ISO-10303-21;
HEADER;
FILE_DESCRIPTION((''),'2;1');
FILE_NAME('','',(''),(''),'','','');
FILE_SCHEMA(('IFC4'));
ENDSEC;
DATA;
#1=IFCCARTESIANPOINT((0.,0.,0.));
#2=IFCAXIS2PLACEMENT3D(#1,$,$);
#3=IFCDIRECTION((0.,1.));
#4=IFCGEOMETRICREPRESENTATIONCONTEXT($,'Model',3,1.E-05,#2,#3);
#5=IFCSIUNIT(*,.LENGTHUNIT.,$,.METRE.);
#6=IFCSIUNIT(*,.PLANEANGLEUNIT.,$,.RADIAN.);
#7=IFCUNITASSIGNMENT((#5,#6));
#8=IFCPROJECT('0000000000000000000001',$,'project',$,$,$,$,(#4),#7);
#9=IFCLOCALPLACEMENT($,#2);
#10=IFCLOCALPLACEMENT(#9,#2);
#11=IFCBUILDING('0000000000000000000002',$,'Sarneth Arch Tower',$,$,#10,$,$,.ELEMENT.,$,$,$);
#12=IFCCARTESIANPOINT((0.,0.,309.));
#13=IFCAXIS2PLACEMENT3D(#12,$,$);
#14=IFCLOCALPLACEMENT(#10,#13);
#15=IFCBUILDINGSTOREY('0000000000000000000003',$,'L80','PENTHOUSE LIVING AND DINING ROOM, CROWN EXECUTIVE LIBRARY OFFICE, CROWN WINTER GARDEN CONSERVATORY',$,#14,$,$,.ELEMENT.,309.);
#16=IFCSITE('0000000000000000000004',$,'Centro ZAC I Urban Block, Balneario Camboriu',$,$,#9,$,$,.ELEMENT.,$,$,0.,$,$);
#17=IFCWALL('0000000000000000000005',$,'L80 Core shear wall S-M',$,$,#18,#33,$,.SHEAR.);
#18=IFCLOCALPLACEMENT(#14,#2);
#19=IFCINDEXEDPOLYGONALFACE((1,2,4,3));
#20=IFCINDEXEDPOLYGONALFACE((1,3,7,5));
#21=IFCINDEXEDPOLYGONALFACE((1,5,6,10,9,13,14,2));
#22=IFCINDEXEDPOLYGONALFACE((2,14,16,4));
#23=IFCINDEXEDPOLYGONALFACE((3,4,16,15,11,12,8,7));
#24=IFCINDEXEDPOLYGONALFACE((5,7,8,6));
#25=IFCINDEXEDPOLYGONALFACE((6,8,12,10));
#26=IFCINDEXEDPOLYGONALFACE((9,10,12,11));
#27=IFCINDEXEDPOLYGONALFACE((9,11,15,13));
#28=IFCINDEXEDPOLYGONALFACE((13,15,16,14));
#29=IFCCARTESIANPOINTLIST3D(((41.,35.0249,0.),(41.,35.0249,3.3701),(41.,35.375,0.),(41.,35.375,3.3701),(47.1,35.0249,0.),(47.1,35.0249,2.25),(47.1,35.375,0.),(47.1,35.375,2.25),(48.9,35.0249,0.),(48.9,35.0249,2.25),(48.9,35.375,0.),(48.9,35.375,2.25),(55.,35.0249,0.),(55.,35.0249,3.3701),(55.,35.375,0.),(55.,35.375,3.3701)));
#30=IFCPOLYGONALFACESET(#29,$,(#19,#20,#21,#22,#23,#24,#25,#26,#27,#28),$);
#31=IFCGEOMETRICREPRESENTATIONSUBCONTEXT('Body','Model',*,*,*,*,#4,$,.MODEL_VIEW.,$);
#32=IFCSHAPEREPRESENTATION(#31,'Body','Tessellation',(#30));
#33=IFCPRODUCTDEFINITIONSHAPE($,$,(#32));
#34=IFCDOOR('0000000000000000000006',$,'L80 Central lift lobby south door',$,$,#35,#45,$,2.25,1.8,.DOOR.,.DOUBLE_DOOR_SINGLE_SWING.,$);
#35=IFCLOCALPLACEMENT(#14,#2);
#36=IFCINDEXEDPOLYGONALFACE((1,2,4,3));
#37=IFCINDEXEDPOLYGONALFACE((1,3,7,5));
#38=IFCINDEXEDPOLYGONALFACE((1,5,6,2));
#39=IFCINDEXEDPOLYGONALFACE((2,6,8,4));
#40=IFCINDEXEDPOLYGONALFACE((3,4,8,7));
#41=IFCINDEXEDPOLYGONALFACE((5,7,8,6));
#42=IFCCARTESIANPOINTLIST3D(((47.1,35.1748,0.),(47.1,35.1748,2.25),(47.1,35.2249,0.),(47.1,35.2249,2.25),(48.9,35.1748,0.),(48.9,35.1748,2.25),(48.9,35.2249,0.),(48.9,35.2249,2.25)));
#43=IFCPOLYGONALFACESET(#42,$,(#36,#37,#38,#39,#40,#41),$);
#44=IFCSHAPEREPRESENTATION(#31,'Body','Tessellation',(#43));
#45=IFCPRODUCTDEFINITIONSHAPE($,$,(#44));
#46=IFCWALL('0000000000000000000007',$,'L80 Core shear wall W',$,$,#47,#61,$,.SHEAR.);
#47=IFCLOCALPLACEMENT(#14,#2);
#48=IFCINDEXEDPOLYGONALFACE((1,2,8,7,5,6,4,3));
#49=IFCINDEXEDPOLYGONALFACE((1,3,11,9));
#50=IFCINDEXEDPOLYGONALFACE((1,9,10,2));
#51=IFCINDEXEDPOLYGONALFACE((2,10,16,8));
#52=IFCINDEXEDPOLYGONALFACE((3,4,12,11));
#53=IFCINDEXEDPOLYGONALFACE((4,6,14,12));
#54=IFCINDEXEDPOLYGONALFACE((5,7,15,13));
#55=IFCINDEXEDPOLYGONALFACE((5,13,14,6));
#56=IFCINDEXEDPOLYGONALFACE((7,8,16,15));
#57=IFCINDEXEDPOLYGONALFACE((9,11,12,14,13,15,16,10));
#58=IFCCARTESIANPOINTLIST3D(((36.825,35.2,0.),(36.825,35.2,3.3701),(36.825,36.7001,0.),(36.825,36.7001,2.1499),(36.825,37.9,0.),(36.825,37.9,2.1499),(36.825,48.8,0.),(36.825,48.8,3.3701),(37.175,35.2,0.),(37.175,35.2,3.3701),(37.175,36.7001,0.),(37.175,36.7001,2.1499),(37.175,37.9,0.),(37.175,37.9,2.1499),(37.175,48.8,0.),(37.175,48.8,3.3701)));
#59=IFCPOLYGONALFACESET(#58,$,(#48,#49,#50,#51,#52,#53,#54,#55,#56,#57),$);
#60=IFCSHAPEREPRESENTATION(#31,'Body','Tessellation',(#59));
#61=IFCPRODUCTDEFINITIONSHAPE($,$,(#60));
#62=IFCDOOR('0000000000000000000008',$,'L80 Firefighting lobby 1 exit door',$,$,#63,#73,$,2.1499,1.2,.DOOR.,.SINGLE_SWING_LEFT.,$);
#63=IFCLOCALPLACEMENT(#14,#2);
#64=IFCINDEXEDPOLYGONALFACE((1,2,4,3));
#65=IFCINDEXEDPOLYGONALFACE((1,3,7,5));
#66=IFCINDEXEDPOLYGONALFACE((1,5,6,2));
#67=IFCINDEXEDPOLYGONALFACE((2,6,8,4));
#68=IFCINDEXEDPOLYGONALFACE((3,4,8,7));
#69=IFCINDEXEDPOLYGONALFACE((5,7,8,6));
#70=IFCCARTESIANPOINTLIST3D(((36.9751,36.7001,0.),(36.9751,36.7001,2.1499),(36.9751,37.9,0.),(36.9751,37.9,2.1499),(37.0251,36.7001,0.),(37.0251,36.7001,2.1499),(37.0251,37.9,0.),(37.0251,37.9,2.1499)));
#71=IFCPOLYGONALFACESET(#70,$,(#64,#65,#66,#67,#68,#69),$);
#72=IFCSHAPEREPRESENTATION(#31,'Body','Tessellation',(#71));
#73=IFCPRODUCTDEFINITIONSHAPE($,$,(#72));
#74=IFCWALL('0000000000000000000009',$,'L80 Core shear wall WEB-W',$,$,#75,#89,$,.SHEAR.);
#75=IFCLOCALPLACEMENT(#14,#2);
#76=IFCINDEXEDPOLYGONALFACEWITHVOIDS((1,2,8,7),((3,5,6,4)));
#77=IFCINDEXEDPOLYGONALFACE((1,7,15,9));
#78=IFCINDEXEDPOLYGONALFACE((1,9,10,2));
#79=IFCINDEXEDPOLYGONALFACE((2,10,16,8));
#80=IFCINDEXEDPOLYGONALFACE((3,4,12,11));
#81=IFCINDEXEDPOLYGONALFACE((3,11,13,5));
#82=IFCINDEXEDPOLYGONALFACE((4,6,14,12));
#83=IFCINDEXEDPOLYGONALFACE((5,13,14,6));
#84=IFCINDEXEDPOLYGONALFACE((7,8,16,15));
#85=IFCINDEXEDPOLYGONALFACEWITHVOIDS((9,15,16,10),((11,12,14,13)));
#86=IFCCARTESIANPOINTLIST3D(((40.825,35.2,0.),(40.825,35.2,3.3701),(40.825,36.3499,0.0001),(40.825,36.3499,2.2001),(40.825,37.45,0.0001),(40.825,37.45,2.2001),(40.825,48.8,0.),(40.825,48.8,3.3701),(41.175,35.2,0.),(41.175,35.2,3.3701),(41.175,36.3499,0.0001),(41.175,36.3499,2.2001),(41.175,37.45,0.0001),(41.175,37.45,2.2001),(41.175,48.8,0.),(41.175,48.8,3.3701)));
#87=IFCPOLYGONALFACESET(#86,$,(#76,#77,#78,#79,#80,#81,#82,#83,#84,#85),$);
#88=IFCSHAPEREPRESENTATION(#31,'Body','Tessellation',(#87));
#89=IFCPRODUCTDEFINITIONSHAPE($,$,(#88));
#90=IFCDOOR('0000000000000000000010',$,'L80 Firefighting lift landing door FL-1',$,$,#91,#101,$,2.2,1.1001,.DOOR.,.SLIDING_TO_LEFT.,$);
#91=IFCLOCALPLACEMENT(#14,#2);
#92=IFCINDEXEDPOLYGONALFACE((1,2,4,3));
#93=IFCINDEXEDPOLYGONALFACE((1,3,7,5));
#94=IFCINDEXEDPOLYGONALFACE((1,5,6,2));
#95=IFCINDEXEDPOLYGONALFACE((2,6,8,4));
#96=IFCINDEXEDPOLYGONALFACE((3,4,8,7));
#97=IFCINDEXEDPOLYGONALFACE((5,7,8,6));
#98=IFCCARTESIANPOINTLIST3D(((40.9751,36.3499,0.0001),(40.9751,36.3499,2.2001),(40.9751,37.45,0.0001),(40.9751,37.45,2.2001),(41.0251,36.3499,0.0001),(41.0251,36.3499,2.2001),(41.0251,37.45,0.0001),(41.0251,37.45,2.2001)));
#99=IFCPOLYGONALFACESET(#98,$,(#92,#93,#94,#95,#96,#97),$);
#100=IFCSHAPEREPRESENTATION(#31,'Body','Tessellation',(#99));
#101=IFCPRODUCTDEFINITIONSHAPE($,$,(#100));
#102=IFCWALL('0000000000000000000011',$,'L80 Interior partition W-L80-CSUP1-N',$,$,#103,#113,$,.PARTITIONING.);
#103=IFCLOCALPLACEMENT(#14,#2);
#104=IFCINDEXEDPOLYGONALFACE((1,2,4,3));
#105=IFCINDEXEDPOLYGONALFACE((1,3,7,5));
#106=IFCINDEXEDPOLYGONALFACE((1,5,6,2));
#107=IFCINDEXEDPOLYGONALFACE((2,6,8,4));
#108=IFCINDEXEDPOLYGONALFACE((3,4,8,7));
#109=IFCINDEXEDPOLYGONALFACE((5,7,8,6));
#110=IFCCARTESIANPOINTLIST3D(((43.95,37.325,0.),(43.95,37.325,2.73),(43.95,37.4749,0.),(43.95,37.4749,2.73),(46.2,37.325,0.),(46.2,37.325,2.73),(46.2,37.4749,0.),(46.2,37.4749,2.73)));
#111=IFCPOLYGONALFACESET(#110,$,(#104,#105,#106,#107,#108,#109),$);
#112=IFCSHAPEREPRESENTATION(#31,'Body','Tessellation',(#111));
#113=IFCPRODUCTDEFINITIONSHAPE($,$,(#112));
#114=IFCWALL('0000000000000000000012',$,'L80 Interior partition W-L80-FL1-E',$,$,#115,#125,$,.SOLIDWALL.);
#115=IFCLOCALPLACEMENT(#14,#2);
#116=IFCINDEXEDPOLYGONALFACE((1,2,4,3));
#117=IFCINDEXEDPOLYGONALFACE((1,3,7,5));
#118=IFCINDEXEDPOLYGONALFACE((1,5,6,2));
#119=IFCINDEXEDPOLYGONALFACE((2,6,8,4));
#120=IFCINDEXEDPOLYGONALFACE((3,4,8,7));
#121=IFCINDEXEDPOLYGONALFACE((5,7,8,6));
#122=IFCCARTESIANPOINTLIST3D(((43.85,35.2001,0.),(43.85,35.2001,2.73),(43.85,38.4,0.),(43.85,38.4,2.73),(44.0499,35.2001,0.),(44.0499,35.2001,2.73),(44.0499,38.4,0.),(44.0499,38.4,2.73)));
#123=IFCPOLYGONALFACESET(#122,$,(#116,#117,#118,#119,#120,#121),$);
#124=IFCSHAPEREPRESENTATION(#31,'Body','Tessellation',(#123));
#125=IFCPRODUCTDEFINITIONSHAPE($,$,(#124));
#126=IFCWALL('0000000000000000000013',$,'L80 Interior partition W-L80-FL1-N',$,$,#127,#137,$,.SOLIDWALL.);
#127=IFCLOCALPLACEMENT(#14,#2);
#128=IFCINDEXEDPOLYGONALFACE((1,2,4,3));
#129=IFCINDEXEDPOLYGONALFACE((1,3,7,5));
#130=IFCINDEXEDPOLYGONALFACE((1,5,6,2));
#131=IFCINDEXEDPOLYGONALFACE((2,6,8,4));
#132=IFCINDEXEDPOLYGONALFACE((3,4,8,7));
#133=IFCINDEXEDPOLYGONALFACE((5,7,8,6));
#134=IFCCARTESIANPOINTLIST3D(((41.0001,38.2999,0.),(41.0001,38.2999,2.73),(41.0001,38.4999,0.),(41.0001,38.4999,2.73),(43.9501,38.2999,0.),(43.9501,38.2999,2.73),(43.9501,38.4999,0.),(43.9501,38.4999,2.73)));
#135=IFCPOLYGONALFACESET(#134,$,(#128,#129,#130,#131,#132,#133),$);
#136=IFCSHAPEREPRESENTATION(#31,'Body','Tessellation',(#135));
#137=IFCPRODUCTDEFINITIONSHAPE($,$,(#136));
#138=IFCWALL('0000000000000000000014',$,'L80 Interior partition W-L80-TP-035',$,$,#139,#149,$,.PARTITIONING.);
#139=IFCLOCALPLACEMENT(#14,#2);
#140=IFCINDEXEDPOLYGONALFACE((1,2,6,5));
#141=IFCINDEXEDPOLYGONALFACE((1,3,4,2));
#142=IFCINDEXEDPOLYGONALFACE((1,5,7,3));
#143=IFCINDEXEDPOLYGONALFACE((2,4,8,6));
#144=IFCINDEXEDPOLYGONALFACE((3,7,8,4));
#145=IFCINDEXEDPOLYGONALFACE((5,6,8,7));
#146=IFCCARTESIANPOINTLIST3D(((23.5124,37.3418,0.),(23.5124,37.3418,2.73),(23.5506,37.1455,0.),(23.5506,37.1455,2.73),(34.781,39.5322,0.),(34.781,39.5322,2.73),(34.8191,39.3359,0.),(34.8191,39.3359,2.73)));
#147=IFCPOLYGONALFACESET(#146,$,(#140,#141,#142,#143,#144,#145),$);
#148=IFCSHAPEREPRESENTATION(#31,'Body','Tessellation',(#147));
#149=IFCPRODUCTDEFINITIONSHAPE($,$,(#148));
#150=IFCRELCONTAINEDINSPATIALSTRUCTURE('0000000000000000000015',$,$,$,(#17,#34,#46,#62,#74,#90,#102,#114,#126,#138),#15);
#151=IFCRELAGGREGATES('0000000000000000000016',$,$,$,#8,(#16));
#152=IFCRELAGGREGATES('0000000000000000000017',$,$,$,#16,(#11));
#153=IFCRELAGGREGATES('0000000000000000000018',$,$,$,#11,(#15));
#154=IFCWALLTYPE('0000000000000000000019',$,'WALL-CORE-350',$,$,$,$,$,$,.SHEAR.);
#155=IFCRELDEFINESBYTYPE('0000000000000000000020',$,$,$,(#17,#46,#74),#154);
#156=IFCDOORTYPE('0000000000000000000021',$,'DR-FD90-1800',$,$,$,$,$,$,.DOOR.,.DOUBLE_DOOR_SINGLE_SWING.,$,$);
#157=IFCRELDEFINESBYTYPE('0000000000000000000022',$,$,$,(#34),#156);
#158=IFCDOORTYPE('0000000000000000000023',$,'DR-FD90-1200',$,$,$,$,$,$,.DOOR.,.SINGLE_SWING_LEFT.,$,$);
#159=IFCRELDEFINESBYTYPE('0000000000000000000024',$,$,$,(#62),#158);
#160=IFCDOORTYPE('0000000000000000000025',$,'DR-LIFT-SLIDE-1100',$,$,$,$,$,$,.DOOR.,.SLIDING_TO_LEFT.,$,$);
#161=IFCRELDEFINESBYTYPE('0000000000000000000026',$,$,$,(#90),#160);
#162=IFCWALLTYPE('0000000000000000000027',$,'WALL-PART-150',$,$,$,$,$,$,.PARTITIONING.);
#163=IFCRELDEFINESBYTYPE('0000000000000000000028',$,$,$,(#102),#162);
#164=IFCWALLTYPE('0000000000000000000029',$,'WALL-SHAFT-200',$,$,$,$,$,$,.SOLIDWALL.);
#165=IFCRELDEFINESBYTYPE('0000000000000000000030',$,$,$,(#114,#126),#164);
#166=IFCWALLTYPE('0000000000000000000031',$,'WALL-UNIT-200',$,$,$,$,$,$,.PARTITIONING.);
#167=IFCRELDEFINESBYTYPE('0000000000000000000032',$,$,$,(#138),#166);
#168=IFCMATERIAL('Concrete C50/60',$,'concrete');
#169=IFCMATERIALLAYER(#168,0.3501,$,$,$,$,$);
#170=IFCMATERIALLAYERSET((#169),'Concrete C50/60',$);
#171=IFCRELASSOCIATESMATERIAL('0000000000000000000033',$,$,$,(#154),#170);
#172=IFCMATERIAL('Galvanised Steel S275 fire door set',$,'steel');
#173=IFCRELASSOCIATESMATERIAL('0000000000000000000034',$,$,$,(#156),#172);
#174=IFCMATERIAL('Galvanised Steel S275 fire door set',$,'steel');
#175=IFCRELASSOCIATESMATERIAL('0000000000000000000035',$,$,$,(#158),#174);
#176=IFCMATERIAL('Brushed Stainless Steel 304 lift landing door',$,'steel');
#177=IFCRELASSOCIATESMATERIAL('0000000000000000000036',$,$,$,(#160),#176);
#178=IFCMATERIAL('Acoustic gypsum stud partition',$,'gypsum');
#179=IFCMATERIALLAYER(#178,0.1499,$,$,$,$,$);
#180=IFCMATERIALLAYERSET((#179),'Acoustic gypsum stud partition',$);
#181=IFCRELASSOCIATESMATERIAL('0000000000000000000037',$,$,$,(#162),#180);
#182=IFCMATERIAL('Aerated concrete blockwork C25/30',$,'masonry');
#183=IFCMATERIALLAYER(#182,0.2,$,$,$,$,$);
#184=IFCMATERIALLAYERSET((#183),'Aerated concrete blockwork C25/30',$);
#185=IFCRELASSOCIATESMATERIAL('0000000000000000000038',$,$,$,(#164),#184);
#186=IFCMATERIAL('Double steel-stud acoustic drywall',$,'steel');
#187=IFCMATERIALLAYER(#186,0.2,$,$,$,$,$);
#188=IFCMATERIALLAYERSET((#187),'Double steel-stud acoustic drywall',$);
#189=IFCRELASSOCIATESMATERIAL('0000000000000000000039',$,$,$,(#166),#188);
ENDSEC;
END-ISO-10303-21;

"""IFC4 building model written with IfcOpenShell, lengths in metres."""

from ifc_helpers import new_model, si_unit, direction, frame, frame_2d, origin, place, context, subcontext, project, spatial, rectangle, extrude, material, layer, layer_set, type_object, element, fill, save


model = new_model("IFC4")

# Units and contexts
model_context = context("Model", 3, precision=1e-05, world=origin(), true_north=direction((0.0, 1.0)))
body_context = subcontext(model_context, "Body", "Model", "MODEL_VIEW")
ifc_project = project(units=[si_unit("LENGTHUNIT", "METRE"), si_unit("PLANEANGLEUNIT", "RADIAN")], contexts=[model_context])

# Site, building, storey
site_placement = place(None, origin())
site = spatial("IfcSite", under=ifc_project, at=site_placement, Name="Centro ZAC I Urban Block, Balneario Camboriu", CompositionType="ELEMENT", RefElevation=0.0)
building_placement = place(site_placement, origin())
building = spatial("IfcBuilding", under=site, at=building_placement, Name="Sarneth Arch Tower", CompositionType="ELEMENT")
storey_placement = place(building_placement, frame((0.0, 0.0, 309.0)))
storey = spatial("IfcBuildingStorey", under=building, at=storey_placement, Name="L80", Description="PENTHOUSE LIVING AND DINING ROOM, CROWN EXECUTIVE LIBRARY OFFICE, CROWN WINTER GARDEN CONSERVATORY", CompositionType="ELEMENT", Elevation=309.0)

# Shared definitions
ifc_material_1 = material(Name="Concrete C50/60", Category="concrete")
ifc_layer_1 = layer(ifc_material_1, 0.3501)
ifc_layer_set_1 = layer_set([ifc_layer_1], Name="Concrete C50/60")
wall_type_1 = type_object("IfcWallType", Name="WALL-CORE-350", PredefinedType="SHEAR", material=ifc_layer_set_1)

# Walls, openings, doors
wall_1_placement = place(storey_placement, frame((41.0, 35.2, 0.0), z_axis=(0.0, 0.0, 1.0), x_axis=(1.0, 0.0, 0.0)))
wall_1 = element("IfcWall", 1, at=wall_1_placement, inside=storey, type_object=wall_type_1, Name="L80 Core shear wall S-M", PredefinedType="SHEAR", context=body_context, shape_type="SweptSolid", body=[
    extrude(rectangle(XDim=14.0, YDim=0.3501, at=frame_2d((7.0, 0.0))), origin(), (0.0, 0.0, 1.0), 3.3701),
])
opening_1_placement = place(wall_1_placement, frame((6.1001, 0.0, 0.0)))
opening_1 = element("IfcOpeningElement", 2, at=opening_1_placement, cuts=wall_1, PredefinedType="OPENING", context=body_context, shape_type="SweptSolid", body=[
    extrude(rectangle(XDim=1.8, YDim=2.25, at=frame_2d((0.8999, 1.125))), frame((0.0, 0.1851, 0.0), z_axis=(0.0, -1.0, 0.0), x_axis=(1.0, 0.0, 0.0)), (0.0, 0.0, 1.0), 0.3701),
])
ifc_material_2 = material(Name="Galvanised Steel S275 fire door set", Category="steel")
door_type_1 = type_object("IfcDoorType", Name="DR-FD90-1800", OperationType="DOUBLE_DOOR_SINGLE_SWING", PredefinedType="DOOR", material=ifc_material_2)
door_1_placement = place(opening_1_placement, origin())
door_1 = element("IfcDoor", 3, at=door_1_placement, inside=storey, type_object=door_type_1, Name="L80 Central lift lobby south door", OperationType="DOUBLE_DOOR_SINGLE_SWING", OverallHeight=2.25, OverallWidth=1.8, PredefinedType="DOOR", context=body_context, shape_type="SweptSolid", body=[
    extrude(rectangle(XDim=1.8, YDim=2.25, at=frame_2d((0.8999, 1.125))), frame((0.0, 0.0249, 0.0), z_axis=(0.0, -1.0, 0.0), x_axis=(1.0, 0.0, 0.0)), (0.0, 0.0, 1.0), 0.05),
])
fill(opening_1, door_1)
wall_2_placement = place(storey_placement, frame((37.0, 35.2, 0.0), z_axis=(0.0, 0.0, 1.0), x_axis=(0.0, 1.0, 0.0)))
wall_2 = element("IfcWall", 4, at=wall_2_placement, inside=storey, type_object=wall_type_1, Name="L80 Core shear wall W", PredefinedType="SHEAR", context=body_context, shape_type="SweptSolid", body=[
    extrude(rectangle(XDim=13.6001, YDim=0.3501, at=frame_2d((6.8, 0.0))), origin(), (0.0, 0.0, 1.0), 3.3701),
])
opening_2_placement = place(wall_2_placement, frame((1.5, 0.0, 0.0)))
opening_2 = element("IfcOpeningElement", 5, at=opening_2_placement, cuts=wall_2, PredefinedType="OPENING", context=body_context, shape_type="SweptSolid", body=[
    extrude(rectangle(XDim=1.2, YDim=2.1499, at=frame_2d((0.6001, 1.075))), frame((0.0, 0.1851, 0.0), z_axis=(0.0, -1.0, 0.0), x_axis=(1.0, 0.0, 0.0)), (0.0, 0.0, 1.0), 0.3701),
])
ifc_material_3 = material(Name="Galvanised Steel S275 fire door set", Category="steel")
door_type_2 = type_object("IfcDoorType", Name="DR-FD90-1200", OperationType="SINGLE_SWING_LEFT", PredefinedType="DOOR", material=ifc_material_3)
door_2_placement = place(opening_2_placement, origin())
door_2 = element("IfcDoor", 6, at=door_2_placement, inside=storey, type_object=door_type_2, Name="L80 Firefighting lobby 1 exit door", OperationType="SINGLE_SWING_LEFT", OverallHeight=2.1499, OverallWidth=1.2, PredefinedType="DOOR", context=body_context, shape_type="SweptSolid", body=[
    extrude(rectangle(XDim=1.2, YDim=2.1499, at=frame_2d((0.6001, 1.075))), frame((0.0, 0.0249, 0.0), z_axis=(0.0, -1.0, 0.0), x_axis=(1.0, 0.0, 0.0)), (0.0, 0.0, 1.0), 0.05),
])
fill(opening_2, door_2)
wall_3_placement = place(storey_placement, frame((41.0, 35.2, 0.0), z_axis=(0.0, 0.0, 1.0), x_axis=(0.0, 1.0, 0.0)))
wall_3 = element("IfcWall", 7, at=wall_3_placement, inside=storey, type_object=wall_type_1, Name="L80 Core shear wall WEB-W", PredefinedType="SHEAR", context=body_context, shape_type="SweptSolid", body=[
    extrude(rectangle(XDim=13.6001, YDim=0.3501, at=frame_2d((6.8, 0.0))), origin(), (0.0, 0.0, 1.0), 3.3701),
])
opening_3_placement = place(wall_3_placement, frame((1.1499, 0.0, 0.0)))
opening_3 = element("IfcOpeningElement", 8, at=opening_3_placement, cuts=wall_3, PredefinedType="OPENING", context=body_context, shape_type="SweptSolid", body=[
    extrude(rectangle(XDim=1.1001, YDim=2.2, at=frame_2d((0.55, 1.1001))), frame((0.0, 0.1851, 0.0), z_axis=(0.0, -1.0, 0.0), x_axis=(1.0, 0.0, 0.0)), (0.0, 0.0, 1.0), 0.3701),
])
ifc_material_4 = material(Name="Brushed Stainless Steel 304 lift landing door", Category="steel")
door_type_3 = type_object("IfcDoorType", Name="DR-LIFT-SLIDE-1100", OperationType="SLIDING_TO_LEFT", PredefinedType="DOOR", material=ifc_material_4)
door_3_placement = place(opening_3_placement, origin())
door_3 = element("IfcDoor", 9, at=door_3_placement, inside=storey, type_object=door_type_3, Name="L80 Firefighting lift landing door FL-1", OperationType="SLIDING_TO_LEFT", OverallHeight=2.2, OverallWidth=1.1001, PredefinedType="DOOR", context=body_context, shape_type="SweptSolid", body=[
    extrude(rectangle(XDim=1.1001, YDim=2.2, at=frame_2d((0.55, 1.1001))), frame((0.0, 0.0249, 0.0), z_axis=(0.0, -1.0, 0.0), x_axis=(1.0, 0.0, 0.0)), (0.0, 0.0, 1.0), 0.05),
])
fill(opening_3, door_3)
ifc_material_5 = material(Name="Acoustic gypsum stud partition", Category="gypsum")
ifc_layer_2 = layer(ifc_material_5, 0.1499)
ifc_layer_set_2 = layer_set([ifc_layer_2], Name="Acoustic gypsum stud partition")
wall_type_2 = type_object("IfcWallType", Name="WALL-PART-150", PredefinedType="PARTITIONING", material=ifc_layer_set_2)

# Wall
wall_4_placement = place(storey_placement, frame((43.95, 37.3999, 0.0), z_axis=(0.0, 0.0, 1.0), x_axis=(1.0, 0.0, 0.0)))
element("IfcWall", 10, at=wall_4_placement, inside=storey, type_object=wall_type_2, Name="L80 Interior partition W-L80-CSUP1-N", PredefinedType="PARTITIONING", context=body_context, shape_type="SweptSolid", body=[
    extrude(rectangle(XDim=2.25, YDim=0.1499, at=frame_2d((1.125, 0.0))), origin(), (0.0, 0.0, 1.0), 2.73),
])

# Shared definitions
ifc_material_6 = material(Name="Aerated concrete blockwork C25/30", Category="masonry")
ifc_layer_3 = layer(ifc_material_6, 0.2)
ifc_layer_set_3 = layer_set([ifc_layer_3], Name="Aerated concrete blockwork C25/30")
wall_type_3 = type_object("IfcWallType", Name="WALL-SHAFT-200", PredefinedType="SOLIDWALL", material=ifc_layer_set_3)

# Walls
wall_5_placement = place(storey_placement, frame((43.95, 35.2, 0.0), z_axis=(0.0, 0.0, 1.0), x_axis=(0.0, 1.0, 0.0)))
element("IfcWall", 11, at=wall_5_placement, inside=storey, type_object=wall_type_3, Name="L80 Interior partition W-L80-FL1-E", PredefinedType="SOLIDWALL", context=body_context, shape_type="SweptSolid", body=[
    extrude(rectangle(XDim=3.2, YDim=0.2, at=frame_2d((1.6001, 0.0))), origin(), (0.0, 0.0, 1.0), 2.73),
])
wall_6_placement = place(storey_placement, frame((41.0, 38.3999, 0.0), z_axis=(0.0, 0.0, 1.0), x_axis=(1.0, 0.0, 0.0)))
element("IfcWall", 12, at=wall_6_placement, inside=storey, type_object=wall_type_3, Name="L80 Interior partition W-L80-FL1-N", PredefinedType="SOLIDWALL", context=body_context, shape_type="SweptSolid", body=[
    extrude(rectangle(XDim=2.95, YDim=0.2, at=frame_2d((1.4751, 0.0))), origin(), (0.0, 0.0, 1.0), 2.73),
])
ifc_material_7 = material(Name="Double steel-stud acoustic drywall", Category="steel")
ifc_layer_4 = layer(ifc_material_7, 0.2)
ifc_layer_set_4 = layer_set([ifc_layer_4], Name="Double steel-stud acoustic drywall")
wall_type_4 = type_object("IfcWallType", Name="WALL-UNIT-200", PredefinedType="PARTITIONING", material=ifc_layer_set_4)
wall_7_placement = place(storey_placement, frame((34.8, 39.4341, 0.0), z_axis=(0.0, 0.0, 1.0), x_axis=(-0.981626, -0.190813, 0.0)))
element("IfcWall", 13, at=wall_7_placement, inside=storey, type_object=wall_type_4, Name="L80 Interior partition W-L80-TP-035", PredefinedType="PARTITIONING", context=body_context, shape_type="SweptSolid", body=[
    extrude(rectangle(XDim=11.4795, YDim=0.2, at=frame_2d((5.7397, 0.0))), origin(), (0.0, 0.0, 1.0), 2.73),
])

save(model, "model.ifc")
